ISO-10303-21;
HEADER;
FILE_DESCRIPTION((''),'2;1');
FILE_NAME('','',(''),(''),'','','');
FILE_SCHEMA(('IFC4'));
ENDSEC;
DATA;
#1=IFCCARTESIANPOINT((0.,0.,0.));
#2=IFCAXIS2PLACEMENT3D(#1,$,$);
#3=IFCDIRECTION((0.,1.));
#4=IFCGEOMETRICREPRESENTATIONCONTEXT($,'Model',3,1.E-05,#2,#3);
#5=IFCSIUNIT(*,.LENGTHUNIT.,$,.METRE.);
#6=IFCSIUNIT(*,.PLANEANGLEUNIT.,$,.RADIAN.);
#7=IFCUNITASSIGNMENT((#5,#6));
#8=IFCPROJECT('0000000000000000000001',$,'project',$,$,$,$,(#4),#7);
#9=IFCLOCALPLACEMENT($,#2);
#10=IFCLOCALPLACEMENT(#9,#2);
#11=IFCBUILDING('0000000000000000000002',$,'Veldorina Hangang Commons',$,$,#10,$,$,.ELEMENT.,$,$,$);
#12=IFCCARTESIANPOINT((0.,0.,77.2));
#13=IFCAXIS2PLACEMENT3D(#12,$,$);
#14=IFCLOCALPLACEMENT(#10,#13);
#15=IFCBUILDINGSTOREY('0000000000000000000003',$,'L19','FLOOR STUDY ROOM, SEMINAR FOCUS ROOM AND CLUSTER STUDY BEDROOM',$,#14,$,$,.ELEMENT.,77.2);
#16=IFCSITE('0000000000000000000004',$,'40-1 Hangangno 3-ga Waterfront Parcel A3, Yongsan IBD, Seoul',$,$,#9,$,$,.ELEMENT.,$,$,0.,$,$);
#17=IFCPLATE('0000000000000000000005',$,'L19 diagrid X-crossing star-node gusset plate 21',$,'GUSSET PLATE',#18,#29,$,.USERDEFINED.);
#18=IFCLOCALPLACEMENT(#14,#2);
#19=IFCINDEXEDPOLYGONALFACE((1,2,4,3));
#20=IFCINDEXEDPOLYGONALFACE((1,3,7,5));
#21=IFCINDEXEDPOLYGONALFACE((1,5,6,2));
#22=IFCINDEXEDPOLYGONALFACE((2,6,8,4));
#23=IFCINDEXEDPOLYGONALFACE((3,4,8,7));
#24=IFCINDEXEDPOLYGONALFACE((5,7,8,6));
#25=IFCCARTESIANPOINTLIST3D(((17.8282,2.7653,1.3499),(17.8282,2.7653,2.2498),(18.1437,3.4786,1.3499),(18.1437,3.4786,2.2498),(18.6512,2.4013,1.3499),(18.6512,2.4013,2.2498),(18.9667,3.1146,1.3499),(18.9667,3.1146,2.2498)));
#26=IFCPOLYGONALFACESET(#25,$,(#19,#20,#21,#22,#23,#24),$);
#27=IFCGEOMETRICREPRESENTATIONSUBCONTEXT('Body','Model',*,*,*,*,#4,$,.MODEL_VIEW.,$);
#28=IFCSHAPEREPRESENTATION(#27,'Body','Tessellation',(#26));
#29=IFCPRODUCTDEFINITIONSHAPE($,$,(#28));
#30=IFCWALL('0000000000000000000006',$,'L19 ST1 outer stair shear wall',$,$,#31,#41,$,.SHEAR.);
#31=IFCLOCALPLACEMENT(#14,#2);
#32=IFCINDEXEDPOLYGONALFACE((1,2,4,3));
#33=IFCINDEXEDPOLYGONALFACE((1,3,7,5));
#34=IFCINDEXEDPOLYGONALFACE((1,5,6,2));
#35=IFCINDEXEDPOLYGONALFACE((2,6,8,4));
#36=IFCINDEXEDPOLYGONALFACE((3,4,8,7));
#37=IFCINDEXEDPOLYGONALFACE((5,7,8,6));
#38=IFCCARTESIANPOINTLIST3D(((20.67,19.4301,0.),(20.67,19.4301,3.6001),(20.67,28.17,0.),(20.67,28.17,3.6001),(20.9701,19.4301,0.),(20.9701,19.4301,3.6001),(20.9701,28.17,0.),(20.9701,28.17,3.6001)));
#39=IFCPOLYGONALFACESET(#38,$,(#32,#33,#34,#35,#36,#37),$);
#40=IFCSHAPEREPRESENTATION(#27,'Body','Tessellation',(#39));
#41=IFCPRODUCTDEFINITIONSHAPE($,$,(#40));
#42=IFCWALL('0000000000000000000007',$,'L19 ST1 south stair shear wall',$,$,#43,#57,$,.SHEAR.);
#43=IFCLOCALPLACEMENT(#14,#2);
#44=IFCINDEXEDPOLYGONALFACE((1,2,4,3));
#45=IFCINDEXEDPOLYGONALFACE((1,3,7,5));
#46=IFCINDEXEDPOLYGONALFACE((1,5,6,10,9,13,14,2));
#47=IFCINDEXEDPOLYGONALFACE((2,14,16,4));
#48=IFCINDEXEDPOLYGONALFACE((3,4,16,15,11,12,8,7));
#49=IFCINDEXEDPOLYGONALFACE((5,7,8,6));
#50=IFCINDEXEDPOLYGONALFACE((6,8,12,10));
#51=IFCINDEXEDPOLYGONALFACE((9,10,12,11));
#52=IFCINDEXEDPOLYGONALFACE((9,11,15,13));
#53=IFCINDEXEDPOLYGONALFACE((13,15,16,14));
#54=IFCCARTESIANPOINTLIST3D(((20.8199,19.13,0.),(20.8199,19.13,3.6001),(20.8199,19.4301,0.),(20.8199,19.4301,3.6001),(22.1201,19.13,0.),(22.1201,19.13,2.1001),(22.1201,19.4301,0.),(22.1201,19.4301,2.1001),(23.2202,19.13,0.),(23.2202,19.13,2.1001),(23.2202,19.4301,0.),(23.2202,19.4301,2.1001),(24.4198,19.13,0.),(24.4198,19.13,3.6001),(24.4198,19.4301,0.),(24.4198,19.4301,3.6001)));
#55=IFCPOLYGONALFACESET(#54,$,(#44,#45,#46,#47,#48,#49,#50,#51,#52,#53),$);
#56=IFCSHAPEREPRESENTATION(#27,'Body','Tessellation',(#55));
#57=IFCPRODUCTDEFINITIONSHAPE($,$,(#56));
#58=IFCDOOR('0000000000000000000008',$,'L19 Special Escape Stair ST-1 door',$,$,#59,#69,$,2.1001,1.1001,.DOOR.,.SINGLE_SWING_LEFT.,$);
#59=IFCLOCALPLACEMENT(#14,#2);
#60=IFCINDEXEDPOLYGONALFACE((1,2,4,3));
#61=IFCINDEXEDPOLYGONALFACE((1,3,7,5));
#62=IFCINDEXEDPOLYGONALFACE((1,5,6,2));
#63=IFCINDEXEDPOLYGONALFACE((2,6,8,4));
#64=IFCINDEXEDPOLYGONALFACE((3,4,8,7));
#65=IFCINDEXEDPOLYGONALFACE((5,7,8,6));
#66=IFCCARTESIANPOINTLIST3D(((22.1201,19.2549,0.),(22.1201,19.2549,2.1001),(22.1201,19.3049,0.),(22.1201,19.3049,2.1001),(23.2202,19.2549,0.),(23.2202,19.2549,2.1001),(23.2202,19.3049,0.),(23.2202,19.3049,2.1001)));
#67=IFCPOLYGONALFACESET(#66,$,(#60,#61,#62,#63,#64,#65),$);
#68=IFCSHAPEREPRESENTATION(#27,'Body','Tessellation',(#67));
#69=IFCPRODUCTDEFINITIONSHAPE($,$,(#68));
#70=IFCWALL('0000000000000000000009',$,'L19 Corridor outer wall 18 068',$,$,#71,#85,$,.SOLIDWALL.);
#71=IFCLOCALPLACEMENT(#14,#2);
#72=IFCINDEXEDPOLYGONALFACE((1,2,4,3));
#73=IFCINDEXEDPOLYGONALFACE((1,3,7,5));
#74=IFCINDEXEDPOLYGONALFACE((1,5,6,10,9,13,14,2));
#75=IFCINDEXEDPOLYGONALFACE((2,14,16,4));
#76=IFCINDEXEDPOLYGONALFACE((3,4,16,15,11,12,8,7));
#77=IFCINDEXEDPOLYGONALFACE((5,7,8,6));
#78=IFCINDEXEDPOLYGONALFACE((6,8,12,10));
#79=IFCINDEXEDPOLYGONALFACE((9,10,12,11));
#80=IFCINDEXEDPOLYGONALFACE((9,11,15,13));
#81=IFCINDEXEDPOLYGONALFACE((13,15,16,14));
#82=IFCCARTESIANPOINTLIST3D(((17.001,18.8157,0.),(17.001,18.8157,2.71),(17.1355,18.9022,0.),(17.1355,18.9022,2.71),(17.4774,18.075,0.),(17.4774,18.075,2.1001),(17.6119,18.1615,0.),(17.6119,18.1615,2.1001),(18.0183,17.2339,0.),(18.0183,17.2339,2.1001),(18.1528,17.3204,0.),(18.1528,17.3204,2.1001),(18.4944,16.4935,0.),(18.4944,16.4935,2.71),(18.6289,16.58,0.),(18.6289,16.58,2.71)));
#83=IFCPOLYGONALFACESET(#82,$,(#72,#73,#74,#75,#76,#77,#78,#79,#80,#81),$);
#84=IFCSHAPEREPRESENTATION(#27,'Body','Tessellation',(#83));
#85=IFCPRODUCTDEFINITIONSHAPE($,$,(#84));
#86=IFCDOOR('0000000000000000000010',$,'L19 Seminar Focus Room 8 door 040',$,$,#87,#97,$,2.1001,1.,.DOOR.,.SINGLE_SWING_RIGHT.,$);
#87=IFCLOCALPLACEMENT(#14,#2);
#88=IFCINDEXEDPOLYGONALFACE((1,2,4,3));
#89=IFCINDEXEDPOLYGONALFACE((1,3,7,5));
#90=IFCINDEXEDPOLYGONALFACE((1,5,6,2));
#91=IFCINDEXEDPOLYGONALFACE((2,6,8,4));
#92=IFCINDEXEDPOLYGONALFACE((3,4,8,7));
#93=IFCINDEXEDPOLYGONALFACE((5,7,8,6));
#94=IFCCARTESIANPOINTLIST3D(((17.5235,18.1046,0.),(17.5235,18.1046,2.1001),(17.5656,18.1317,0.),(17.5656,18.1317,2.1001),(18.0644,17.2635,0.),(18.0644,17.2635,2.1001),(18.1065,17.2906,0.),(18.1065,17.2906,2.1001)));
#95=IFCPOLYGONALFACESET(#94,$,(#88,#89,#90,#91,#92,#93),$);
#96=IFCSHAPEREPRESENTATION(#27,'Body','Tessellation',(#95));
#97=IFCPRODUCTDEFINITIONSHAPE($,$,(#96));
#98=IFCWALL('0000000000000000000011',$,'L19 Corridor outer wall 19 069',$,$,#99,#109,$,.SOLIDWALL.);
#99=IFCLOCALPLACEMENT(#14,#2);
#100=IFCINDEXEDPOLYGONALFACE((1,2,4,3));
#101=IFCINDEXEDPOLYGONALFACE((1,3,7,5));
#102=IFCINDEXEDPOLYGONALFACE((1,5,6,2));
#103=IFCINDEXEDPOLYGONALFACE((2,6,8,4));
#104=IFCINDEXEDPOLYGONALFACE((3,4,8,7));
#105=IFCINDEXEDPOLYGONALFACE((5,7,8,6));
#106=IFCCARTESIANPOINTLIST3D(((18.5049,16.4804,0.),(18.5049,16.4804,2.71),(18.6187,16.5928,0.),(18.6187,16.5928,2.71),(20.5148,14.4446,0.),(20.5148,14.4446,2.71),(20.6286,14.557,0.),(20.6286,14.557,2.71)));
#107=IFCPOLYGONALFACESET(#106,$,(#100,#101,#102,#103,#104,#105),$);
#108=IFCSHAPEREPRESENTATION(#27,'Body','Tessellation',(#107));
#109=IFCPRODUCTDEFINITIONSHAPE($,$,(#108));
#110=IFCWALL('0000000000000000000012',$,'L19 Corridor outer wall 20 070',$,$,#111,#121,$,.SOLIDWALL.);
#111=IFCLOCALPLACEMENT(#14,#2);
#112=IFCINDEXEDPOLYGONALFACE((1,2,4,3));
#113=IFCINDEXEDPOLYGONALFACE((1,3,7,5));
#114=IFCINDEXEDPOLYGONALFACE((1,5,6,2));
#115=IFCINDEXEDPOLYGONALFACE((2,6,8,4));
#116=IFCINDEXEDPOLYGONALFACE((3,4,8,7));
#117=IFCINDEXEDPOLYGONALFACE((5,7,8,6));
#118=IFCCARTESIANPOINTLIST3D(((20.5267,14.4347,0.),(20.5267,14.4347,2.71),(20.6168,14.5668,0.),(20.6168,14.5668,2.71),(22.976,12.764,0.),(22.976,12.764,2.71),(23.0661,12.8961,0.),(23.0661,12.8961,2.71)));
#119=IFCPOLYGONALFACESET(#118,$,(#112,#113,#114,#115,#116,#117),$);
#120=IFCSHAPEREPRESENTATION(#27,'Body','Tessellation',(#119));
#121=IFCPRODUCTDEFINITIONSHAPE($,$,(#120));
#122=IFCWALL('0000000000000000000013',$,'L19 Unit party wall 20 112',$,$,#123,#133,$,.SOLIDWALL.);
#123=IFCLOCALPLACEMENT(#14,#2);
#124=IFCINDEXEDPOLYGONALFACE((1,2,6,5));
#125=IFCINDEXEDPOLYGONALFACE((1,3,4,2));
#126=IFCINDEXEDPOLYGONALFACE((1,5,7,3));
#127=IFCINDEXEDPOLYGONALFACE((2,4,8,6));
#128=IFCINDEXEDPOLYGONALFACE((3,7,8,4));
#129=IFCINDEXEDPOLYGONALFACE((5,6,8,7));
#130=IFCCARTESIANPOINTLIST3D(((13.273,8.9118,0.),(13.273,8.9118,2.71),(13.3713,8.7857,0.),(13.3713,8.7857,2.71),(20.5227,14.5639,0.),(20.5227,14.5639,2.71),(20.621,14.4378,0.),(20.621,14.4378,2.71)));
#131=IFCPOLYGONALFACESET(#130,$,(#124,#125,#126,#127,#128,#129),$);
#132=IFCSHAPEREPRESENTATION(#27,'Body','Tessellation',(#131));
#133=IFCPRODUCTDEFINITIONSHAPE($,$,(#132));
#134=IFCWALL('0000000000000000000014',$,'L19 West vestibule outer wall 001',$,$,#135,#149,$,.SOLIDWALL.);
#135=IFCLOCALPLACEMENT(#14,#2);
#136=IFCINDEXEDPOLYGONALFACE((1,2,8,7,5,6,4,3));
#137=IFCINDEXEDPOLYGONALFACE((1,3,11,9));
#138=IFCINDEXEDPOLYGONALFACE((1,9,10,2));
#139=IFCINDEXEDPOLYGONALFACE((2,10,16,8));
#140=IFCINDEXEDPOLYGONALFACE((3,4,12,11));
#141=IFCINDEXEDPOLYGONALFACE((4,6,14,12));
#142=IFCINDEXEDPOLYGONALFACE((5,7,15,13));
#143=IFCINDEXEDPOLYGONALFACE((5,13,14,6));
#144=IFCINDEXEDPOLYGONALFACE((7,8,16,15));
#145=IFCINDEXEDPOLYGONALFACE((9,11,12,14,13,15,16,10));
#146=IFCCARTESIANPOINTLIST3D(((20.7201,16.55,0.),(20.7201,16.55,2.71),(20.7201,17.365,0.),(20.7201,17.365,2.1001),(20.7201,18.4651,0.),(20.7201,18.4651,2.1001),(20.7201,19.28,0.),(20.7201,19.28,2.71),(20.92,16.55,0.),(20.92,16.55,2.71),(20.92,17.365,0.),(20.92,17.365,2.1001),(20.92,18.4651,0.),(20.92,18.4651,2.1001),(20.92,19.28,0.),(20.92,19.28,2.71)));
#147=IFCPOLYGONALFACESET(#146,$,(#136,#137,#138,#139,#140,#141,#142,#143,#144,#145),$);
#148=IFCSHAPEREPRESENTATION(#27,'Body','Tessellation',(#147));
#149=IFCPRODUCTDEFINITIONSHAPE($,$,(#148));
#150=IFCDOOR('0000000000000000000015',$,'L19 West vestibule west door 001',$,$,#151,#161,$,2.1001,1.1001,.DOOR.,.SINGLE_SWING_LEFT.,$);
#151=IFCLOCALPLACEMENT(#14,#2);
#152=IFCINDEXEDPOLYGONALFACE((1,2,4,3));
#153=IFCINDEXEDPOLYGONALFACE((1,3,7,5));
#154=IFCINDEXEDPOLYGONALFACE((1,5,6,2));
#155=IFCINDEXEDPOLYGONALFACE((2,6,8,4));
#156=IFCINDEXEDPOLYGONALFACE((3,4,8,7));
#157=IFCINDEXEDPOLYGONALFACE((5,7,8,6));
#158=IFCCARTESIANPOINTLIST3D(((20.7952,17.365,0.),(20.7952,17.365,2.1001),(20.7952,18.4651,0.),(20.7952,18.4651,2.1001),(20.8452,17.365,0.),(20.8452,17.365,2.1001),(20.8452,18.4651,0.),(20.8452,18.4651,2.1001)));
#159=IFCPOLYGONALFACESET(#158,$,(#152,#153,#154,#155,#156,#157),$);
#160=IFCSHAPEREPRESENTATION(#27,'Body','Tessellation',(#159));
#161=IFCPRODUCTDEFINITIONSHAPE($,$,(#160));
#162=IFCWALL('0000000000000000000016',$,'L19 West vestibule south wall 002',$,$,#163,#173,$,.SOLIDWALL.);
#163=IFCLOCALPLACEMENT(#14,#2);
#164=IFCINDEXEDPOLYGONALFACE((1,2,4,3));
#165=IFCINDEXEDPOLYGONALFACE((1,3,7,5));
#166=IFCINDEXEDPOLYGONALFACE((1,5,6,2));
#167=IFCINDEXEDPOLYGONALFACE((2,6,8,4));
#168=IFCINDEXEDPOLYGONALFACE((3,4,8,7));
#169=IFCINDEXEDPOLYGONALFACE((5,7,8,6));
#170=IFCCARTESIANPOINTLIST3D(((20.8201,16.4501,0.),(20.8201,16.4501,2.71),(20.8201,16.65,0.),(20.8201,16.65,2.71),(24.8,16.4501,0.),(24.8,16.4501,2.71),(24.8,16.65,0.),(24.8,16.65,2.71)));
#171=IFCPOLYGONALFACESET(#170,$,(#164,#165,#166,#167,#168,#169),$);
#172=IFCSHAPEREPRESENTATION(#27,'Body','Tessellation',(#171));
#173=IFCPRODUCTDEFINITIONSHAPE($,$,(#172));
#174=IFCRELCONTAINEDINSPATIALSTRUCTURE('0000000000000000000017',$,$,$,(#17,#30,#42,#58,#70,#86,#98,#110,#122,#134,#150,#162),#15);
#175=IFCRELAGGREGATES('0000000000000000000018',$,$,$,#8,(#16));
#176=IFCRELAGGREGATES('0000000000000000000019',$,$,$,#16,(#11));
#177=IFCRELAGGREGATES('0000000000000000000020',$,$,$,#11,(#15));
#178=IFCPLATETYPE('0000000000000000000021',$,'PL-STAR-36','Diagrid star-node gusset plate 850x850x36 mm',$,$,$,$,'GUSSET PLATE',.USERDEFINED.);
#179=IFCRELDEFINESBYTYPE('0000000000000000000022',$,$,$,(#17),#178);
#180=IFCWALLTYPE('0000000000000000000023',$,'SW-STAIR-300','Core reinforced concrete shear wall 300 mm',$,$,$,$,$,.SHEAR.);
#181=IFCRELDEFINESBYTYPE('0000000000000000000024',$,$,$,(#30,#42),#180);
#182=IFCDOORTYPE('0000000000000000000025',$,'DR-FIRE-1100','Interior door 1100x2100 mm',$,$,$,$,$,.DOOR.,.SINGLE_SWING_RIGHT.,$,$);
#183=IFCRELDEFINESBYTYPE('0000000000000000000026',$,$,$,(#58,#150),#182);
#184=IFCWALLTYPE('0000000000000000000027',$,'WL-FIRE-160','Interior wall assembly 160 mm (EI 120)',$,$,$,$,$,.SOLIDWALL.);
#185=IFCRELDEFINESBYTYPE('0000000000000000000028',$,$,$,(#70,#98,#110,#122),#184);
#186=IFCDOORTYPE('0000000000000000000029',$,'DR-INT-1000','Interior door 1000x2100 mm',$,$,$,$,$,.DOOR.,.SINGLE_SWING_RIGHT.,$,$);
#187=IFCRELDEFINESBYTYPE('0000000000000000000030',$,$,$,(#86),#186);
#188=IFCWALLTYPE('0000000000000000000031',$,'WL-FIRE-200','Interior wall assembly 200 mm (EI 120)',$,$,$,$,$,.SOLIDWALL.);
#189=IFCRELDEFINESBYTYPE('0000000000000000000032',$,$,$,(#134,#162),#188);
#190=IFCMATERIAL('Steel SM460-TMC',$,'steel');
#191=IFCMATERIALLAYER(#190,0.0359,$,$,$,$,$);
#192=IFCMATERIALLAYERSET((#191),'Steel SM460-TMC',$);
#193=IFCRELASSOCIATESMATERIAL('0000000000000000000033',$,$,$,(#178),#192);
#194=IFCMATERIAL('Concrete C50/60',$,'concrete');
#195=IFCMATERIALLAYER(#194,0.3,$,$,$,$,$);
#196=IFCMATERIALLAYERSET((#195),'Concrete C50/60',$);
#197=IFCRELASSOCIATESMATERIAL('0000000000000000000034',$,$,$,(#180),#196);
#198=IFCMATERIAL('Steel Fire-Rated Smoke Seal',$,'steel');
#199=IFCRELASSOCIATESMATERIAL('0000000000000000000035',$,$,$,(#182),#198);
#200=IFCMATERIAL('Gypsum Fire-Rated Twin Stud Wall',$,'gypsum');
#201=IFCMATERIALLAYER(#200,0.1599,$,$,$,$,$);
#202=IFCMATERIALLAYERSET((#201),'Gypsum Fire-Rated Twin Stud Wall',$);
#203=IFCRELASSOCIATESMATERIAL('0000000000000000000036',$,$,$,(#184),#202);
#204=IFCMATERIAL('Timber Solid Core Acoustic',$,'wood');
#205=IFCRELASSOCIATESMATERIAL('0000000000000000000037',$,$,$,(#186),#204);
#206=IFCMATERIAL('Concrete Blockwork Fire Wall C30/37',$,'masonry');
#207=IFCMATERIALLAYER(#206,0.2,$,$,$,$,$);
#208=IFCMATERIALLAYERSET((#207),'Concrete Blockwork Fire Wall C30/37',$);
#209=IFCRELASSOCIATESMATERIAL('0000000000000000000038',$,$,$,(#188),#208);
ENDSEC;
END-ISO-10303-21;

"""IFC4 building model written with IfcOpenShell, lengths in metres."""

from ifc_helpers import new_model, si_unit, direction, frame, frame_2d, origin, origin_2d, place, context, subcontext, project, spatial, rectangle, extrude, material, layer, layer_set, type_object, element, fill, save


model = new_model("IFC4")

# Units and contexts
model_context = context("Model", 3, precision=1e-05, world=origin(), true_north=direction((0.0, 1.0)))
body_context = subcontext(model_context, "Body", "Model", "MODEL_VIEW")
ifc_project = project(units=[si_unit("LENGTHUNIT", "METRE"), si_unit("PLANEANGLEUNIT", "RADIAN")], contexts=[model_context])

# Site, building, storey
site_placement = place(None, origin())
site = spatial("IfcSite", under=ifc_project, at=site_placement, Name="40-1 Hangangno 3-ga Waterfront Parcel A3, Yongsan IBD, Seoul", CompositionType="ELEMENT", RefElevation=0.0)
building_placement = place(site_placement, origin())
building = spatial("IfcBuilding", under=site, at=building_placement, Name="Veldorina Hangang Commons", CompositionType="ELEMENT")
storey_placement = place(building_placement, frame((0.0, 0.0, 77.2)))
storey = spatial("IfcBuildingStorey", under=building, at=storey_placement, Name="L19", Description="FLOOR STUDY ROOM, SEMINAR FOCUS ROOM AND CLUSTER STUDY BEDROOM", CompositionType="ELEMENT", Elevation=77.2)

# Shared definitions
ifc_material_1 = material(Name="Steel SM460-TMC", Category="steel")

# Plate
ifc_layer_1 = layer(ifc_material_1, 0.0359)
ifc_layer_set_1 = layer_set([ifc_layer_1], Name="Steel SM460-TMC")
plate_type_1 = type_object("IfcPlateType", Name="PL-STAR-36", Description="Diagrid star-node gusset plate 850x850x36 mm", ElementType="GUSSET PLATE", PredefinedType="USERDEFINED", material=ifc_layer_set_1)
plate_1_placement = place(storey_placement, frame((18.3975, 2.9399, 1.3499), z_axis=(0.0, 0.0, 1.0), x_axis=(0.914537, -0.404503, 0.0)))
element("IfcPlate", 1, at=plate_1_placement, inside=storey, type_object=plate_type_1, Name="L19 diagrid X-crossing star-node gusset plate 21", ObjectType="GUSSET PLATE", PredefinedType="USERDEFINED", context=body_context, shape_type="SweptSolid", body=[
    extrude(rectangle(XDim=0.8999, YDim=0.78, at=origin_2d()), origin(), (0.0, 0.0, 1.0), 0.8999),
])

# Wall
ifc_material_2 = material(Name="Concrete C50/60", Category="concrete")
ifc_layer_2 = layer(ifc_material_2, 0.3)
ifc_layer_set_2 = layer_set([ifc_layer_2], Name="Concrete C50/60")
wall_type_1 = type_object("IfcWallType", Name="SW-STAIR-300", Description="Core reinforced concrete shear wall 300 mm", PredefinedType="SHEAR", material=ifc_layer_set_2)
wall_1_placement = place(storey_placement, frame((20.8201, 19.4299, 0.0), z_axis=(0.0, 0.0, 1.0), x_axis=(0.0, 1.0, 0.0)))
element("IfcWall", 2, at=wall_1_placement, inside=storey, type_object=wall_type_1, Name="L19 ST1 outer stair shear wall", PredefinedType="SHEAR", context=body_context, shape_type="SweptSolid", body=[
    extrude(rectangle(XDim=8.74, YDim=0.3, at=frame_2d((4.3701, 0.0))), origin(), (0.0, 0.0, 1.0), 3.6001),
])

# Walls, openings, doors
wall_2_placement = place(storey_placement, frame((20.8201, 19.28, 0.0), z_axis=(0.0, 0.0, 1.0), x_axis=(1.0, 0.0, 0.0)))
wall_2 = element("IfcWall", 3, at=wall_2_placement, inside=storey, type_object=wall_type_1, Name="L19 ST1 south stair shear wall", PredefinedType="SHEAR", context=body_context, shape_type="SweptSolid", body=[
    extrude(rectangle(XDim=3.5999, YDim=0.3, at=frame_2d((1.7998, 0.0))), origin(), (0.0, 0.0, 1.0), 3.6001),
])
opening_1_placement = place(wall_2_placement, frame((1.3, 0.0, 0.0)))
opening_1 = element("IfcOpeningElement", 4, at=opening_1_placement, cuts=wall_2, PredefinedType="OPENING", context=body_context, shape_type="SweptSolid", body=[
    extrude(rectangle(XDim=1.1001, YDim=2.1001, at=frame_2d((0.55, 1.05))), frame((0.0, 0.1602, 0.0), z_axis=(0.0, -1.0, 0.0), x_axis=(1.0, 0.0, 0.0)), (0.0, 0.0, 1.0), 0.3201),
])
ifc_material_3 = material(Name="Steel Fire-Rated Smoke Seal", Category="steel")
door_type_1 = type_object("IfcDoorType", Name="DR-FIRE-1100", Description="Interior door 1100x2100 mm", OperationType="SINGLE_SWING_RIGHT", PredefinedType="DOOR", material=ifc_material_3)
door_1_placement = place(opening_1_placement, origin())
door_1 = element("IfcDoor", 5, at=door_1_placement, inside=storey, type_object=door_type_1, Name="L19 Special Escape Stair ST-1 door", OperationType="SINGLE_SWING_LEFT", OverallHeight=2.1001, OverallWidth=1.1001, PredefinedType="DOOR", context=body_context, shape_type="SweptSolid", body=[
    extrude(rectangle(XDim=1.1001, YDim=2.1001, at=frame_2d((0.55, 1.05))), frame((0.0, 0.0249, 0.0), z_axis=(0.0, -1.0, 0.0), x_axis=(1.0, 0.0, 0.0)), (0.0, 0.0, 1.0), 0.05),
])
fill(opening_1, door_1)
ifc_material_4 = material(Name="Gypsum Fire-Rated Twin Stud Wall", Category="gypsum")
ifc_layer_3 = layer(ifc_material_4, 0.1599)
ifc_layer_set_3 = layer_set([ifc_layer_3], Name="Gypsum Fire-Rated Twin Stud Wall")
wall_type_2 = type_object("IfcWallType", Name="WL-FIRE-160", Description="Interior wall assembly 160 mm (EI 120)", PredefinedType="SOLIDWALL", material=ifc_layer_set_3)
wall_3_placement = place(storey_placement, frame((17.0684, 18.8589, 0.0), z_axis=(0.0, 0.0, 1.0), x_axis=(0.540892, -0.841092, 0.0)))
wall_3 = element("IfcWall", 6, at=wall_3_placement, inside=storey, type_object=wall_type_2, Name="L19 Corridor outer wall 18 068", PredefinedType="SOLIDWALL", context=body_context, shape_type="SweptSolid", body=[
    extrude(rectangle(XDim=2.761, YDim=0.1599, at=frame_2d((1.3804, 0.0))), origin(), (0.0, 0.0, 1.0), 2.71),
])
opening_2_placement = place(wall_3_placement, frame((0.8806, 0.0, 0.0)))
opening_2 = element("IfcOpeningElement", 7, at=opening_2_placement, cuts=wall_3, PredefinedType="OPENING", context=body_context, shape_type="SweptSolid", body=[
    extrude(rectangle(XDim=1.0, YDim=2.1001, at=frame_2d((0.5, 1.05))), frame((0.0, 0.0898, 0.0), z_axis=(0.0, -1.0, 0.0), x_axis=(1.0, 0.0, 0.0)), (0.0, 0.0, 1.0), 0.1799),
])
ifc_material_5 = material(Name="Timber Solid Core Acoustic", Category="wood")
door_type_2 = type_object("IfcDoorType", Name="DR-INT-1000", Description="Interior door 1000x2100 mm", OperationType="SINGLE_SWING_RIGHT", PredefinedType="DOOR", material=ifc_material_5)
door_2_placement = place(opening_2_placement, origin())
door_2 = element("IfcDoor", 8, at=door_2_placement, inside=storey, type_object=door_type_2, Name="L19 Seminar Focus Room 8 door 040", OperationType="SINGLE_SWING_RIGHT", OverallHeight=2.1001, OverallWidth=1.0, PredefinedType="DOOR", context=body_context, shape_type="SweptSolid", body=[
    extrude(rectangle(XDim=1.0, YDim=2.1001, at=frame_2d((0.5, 1.05))), frame((0.0, 0.0249, 0.0), z_axis=(0.0, -1.0, 0.0), x_axis=(1.0, 0.0, 0.0)), (0.0, 0.0, 1.0), 0.05),
])
fill(opening_2, door_2)

# Walls
wall_4_placement = place(storey_placement, frame((18.5618, 16.5366, 0.0), z_axis=(0.0, 0.0, 1.0), x_axis=(0.70257, -0.711615, 0.0)))
element("IfcWall", 9, at=wall_4_placement, inside=storey, type_object=wall_type_2, Name="L19 Corridor outer wall 19 069", PredefinedType="SOLIDWALL", context=body_context, shape_type="SweptSolid", body=[
    extrude(rectangle(XDim=2.8608, YDim=0.1599, at=frame_2d((1.4304, 0.0))), origin(), (0.0, 0.0, 1.0), 2.71),
])
wall_5_placement = place(storey_placement, frame((20.5718, 14.5007, 0.0), z_axis=(0.0, 0.0, 1.0), x_axis=(0.826112, -0.563505, 0.0)))
element("IfcWall", 10, at=wall_5_placement, inside=storey, type_object=wall_type_2, Name="L19 Corridor outer wall 20 070", PredefinedType="SOLIDWALL", context=body_context, shape_type="SweptSolid", body=[
    extrude(rectangle(XDim=2.9648, YDim=0.1599, at=frame_2d((1.4824, 0.0))), origin(), (0.0, 0.0, 1.0), 2.71),
])
wall_6_placement = place(storey_placement, frame((20.5718, 14.5007, 0.0), z_axis=(0.0, 0.0, 1.0), x_axis=(-0.788645, -0.614848, 0.0)))
element("IfcWall", 11, at=wall_6_placement, inside=storey, type_object=wall_type_2, Name="L19 Unit party wall 20 112", PredefinedType="SOLIDWALL", context=body_context, shape_type="SweptSolid", body=[
    extrude(rectangle(XDim=9.1926, YDim=0.1599, at=frame_2d((4.5962, 0.0))), origin(), (0.0, 0.0, 1.0), 2.71),
])

# Wall, opening, door
ifc_material_6 = material(Name="Concrete Blockwork Fire Wall C30/37", Category="masonry")
ifc_layer_4 = layer(ifc_material_6, 0.2)
ifc_layer_set_4 = layer_set([ifc_layer_4], Name="Concrete Blockwork Fire Wall C30/37")
wall_type_3 = type_object("IfcWallType", Name="WL-FIRE-200", Description="Interior wall assembly 200 mm (EI 120)", PredefinedType="SOLIDWALL", material=ifc_layer_set_4)
wall_7_placement = place(storey_placement, frame((20.8201, 16.55, 0.0), z_axis=(0.0, 0.0, 1.0), x_axis=(0.0, 1.0, 0.0)))
wall_7 = element("IfcWall", 12, at=wall_7_placement, inside=storey, type_object=wall_type_3, Name="L19 West vestibule outer wall 001", PredefinedType="SOLIDWALL", context=body_context, shape_type="SweptSolid", body=[
    extrude(rectangle(XDim=2.73, YDim=0.2, at=frame_2d((1.365, 0.0))), origin(), (0.0, 0.0, 1.0), 2.71),
])
opening_3_placement = place(wall_7_placement, frame((0.8149, 0.0, 0.0)))
opening_3 = element("IfcOpeningElement", 13, at=opening_3_placement, cuts=wall_7, PredefinedType="OPENING", context=body_context, shape_type="SweptSolid", body=[
    extrude(rectangle(XDim=1.1001, YDim=2.1001, at=frame_2d((0.55, 1.05))), frame((0.0, 0.1099, 0.0), z_axis=(0.0, -1.0, 0.0), x_axis=(1.0, 0.0, 0.0)), (0.0, 0.0, 1.0), 0.22),
])
door_3_placement = place(opening_3_placement, origin())
door_3 = element("IfcDoor", 14, at=door_3_placement, inside=storey, type_object=door_type_1, Name="L19 West vestibule west door 001", OperationType="SINGLE_SWING_LEFT", OverallHeight=2.1001, OverallWidth=1.1001, PredefinedType="DOOR", context=body_context, shape_type="SweptSolid", body=[
    extrude(rectangle(XDim=1.1001, YDim=2.1001, at=frame_2d((0.55, 1.05))), frame((0.0, 0.0249, 0.0), z_axis=(0.0, -1.0, 0.0), x_axis=(1.0, 0.0, 0.0)), (0.0, 0.0, 1.0), 0.05),
])
fill(opening_3, door_3)

# Wall
wall_8_placement = place(storey_placement, frame((20.8201, 16.55, 0.0), z_axis=(0.0, 0.0, 1.0), x_axis=(1.0, 0.0, 0.0)))
element("IfcWall", 15, at=wall_8_placement, inside=storey, type_object=wall_type_3, Name="L19 West vestibule south wall 002", PredefinedType="SOLIDWALL", context=body_context, shape_type="SweptSolid", body=[
    extrude(rectangle(XDim=3.98, YDim=0.2, at=frame_2d((1.99, 0.0))), origin(), (0.0, 0.0, 1.0), 2.71),
])

save(model, "model.ifc")
